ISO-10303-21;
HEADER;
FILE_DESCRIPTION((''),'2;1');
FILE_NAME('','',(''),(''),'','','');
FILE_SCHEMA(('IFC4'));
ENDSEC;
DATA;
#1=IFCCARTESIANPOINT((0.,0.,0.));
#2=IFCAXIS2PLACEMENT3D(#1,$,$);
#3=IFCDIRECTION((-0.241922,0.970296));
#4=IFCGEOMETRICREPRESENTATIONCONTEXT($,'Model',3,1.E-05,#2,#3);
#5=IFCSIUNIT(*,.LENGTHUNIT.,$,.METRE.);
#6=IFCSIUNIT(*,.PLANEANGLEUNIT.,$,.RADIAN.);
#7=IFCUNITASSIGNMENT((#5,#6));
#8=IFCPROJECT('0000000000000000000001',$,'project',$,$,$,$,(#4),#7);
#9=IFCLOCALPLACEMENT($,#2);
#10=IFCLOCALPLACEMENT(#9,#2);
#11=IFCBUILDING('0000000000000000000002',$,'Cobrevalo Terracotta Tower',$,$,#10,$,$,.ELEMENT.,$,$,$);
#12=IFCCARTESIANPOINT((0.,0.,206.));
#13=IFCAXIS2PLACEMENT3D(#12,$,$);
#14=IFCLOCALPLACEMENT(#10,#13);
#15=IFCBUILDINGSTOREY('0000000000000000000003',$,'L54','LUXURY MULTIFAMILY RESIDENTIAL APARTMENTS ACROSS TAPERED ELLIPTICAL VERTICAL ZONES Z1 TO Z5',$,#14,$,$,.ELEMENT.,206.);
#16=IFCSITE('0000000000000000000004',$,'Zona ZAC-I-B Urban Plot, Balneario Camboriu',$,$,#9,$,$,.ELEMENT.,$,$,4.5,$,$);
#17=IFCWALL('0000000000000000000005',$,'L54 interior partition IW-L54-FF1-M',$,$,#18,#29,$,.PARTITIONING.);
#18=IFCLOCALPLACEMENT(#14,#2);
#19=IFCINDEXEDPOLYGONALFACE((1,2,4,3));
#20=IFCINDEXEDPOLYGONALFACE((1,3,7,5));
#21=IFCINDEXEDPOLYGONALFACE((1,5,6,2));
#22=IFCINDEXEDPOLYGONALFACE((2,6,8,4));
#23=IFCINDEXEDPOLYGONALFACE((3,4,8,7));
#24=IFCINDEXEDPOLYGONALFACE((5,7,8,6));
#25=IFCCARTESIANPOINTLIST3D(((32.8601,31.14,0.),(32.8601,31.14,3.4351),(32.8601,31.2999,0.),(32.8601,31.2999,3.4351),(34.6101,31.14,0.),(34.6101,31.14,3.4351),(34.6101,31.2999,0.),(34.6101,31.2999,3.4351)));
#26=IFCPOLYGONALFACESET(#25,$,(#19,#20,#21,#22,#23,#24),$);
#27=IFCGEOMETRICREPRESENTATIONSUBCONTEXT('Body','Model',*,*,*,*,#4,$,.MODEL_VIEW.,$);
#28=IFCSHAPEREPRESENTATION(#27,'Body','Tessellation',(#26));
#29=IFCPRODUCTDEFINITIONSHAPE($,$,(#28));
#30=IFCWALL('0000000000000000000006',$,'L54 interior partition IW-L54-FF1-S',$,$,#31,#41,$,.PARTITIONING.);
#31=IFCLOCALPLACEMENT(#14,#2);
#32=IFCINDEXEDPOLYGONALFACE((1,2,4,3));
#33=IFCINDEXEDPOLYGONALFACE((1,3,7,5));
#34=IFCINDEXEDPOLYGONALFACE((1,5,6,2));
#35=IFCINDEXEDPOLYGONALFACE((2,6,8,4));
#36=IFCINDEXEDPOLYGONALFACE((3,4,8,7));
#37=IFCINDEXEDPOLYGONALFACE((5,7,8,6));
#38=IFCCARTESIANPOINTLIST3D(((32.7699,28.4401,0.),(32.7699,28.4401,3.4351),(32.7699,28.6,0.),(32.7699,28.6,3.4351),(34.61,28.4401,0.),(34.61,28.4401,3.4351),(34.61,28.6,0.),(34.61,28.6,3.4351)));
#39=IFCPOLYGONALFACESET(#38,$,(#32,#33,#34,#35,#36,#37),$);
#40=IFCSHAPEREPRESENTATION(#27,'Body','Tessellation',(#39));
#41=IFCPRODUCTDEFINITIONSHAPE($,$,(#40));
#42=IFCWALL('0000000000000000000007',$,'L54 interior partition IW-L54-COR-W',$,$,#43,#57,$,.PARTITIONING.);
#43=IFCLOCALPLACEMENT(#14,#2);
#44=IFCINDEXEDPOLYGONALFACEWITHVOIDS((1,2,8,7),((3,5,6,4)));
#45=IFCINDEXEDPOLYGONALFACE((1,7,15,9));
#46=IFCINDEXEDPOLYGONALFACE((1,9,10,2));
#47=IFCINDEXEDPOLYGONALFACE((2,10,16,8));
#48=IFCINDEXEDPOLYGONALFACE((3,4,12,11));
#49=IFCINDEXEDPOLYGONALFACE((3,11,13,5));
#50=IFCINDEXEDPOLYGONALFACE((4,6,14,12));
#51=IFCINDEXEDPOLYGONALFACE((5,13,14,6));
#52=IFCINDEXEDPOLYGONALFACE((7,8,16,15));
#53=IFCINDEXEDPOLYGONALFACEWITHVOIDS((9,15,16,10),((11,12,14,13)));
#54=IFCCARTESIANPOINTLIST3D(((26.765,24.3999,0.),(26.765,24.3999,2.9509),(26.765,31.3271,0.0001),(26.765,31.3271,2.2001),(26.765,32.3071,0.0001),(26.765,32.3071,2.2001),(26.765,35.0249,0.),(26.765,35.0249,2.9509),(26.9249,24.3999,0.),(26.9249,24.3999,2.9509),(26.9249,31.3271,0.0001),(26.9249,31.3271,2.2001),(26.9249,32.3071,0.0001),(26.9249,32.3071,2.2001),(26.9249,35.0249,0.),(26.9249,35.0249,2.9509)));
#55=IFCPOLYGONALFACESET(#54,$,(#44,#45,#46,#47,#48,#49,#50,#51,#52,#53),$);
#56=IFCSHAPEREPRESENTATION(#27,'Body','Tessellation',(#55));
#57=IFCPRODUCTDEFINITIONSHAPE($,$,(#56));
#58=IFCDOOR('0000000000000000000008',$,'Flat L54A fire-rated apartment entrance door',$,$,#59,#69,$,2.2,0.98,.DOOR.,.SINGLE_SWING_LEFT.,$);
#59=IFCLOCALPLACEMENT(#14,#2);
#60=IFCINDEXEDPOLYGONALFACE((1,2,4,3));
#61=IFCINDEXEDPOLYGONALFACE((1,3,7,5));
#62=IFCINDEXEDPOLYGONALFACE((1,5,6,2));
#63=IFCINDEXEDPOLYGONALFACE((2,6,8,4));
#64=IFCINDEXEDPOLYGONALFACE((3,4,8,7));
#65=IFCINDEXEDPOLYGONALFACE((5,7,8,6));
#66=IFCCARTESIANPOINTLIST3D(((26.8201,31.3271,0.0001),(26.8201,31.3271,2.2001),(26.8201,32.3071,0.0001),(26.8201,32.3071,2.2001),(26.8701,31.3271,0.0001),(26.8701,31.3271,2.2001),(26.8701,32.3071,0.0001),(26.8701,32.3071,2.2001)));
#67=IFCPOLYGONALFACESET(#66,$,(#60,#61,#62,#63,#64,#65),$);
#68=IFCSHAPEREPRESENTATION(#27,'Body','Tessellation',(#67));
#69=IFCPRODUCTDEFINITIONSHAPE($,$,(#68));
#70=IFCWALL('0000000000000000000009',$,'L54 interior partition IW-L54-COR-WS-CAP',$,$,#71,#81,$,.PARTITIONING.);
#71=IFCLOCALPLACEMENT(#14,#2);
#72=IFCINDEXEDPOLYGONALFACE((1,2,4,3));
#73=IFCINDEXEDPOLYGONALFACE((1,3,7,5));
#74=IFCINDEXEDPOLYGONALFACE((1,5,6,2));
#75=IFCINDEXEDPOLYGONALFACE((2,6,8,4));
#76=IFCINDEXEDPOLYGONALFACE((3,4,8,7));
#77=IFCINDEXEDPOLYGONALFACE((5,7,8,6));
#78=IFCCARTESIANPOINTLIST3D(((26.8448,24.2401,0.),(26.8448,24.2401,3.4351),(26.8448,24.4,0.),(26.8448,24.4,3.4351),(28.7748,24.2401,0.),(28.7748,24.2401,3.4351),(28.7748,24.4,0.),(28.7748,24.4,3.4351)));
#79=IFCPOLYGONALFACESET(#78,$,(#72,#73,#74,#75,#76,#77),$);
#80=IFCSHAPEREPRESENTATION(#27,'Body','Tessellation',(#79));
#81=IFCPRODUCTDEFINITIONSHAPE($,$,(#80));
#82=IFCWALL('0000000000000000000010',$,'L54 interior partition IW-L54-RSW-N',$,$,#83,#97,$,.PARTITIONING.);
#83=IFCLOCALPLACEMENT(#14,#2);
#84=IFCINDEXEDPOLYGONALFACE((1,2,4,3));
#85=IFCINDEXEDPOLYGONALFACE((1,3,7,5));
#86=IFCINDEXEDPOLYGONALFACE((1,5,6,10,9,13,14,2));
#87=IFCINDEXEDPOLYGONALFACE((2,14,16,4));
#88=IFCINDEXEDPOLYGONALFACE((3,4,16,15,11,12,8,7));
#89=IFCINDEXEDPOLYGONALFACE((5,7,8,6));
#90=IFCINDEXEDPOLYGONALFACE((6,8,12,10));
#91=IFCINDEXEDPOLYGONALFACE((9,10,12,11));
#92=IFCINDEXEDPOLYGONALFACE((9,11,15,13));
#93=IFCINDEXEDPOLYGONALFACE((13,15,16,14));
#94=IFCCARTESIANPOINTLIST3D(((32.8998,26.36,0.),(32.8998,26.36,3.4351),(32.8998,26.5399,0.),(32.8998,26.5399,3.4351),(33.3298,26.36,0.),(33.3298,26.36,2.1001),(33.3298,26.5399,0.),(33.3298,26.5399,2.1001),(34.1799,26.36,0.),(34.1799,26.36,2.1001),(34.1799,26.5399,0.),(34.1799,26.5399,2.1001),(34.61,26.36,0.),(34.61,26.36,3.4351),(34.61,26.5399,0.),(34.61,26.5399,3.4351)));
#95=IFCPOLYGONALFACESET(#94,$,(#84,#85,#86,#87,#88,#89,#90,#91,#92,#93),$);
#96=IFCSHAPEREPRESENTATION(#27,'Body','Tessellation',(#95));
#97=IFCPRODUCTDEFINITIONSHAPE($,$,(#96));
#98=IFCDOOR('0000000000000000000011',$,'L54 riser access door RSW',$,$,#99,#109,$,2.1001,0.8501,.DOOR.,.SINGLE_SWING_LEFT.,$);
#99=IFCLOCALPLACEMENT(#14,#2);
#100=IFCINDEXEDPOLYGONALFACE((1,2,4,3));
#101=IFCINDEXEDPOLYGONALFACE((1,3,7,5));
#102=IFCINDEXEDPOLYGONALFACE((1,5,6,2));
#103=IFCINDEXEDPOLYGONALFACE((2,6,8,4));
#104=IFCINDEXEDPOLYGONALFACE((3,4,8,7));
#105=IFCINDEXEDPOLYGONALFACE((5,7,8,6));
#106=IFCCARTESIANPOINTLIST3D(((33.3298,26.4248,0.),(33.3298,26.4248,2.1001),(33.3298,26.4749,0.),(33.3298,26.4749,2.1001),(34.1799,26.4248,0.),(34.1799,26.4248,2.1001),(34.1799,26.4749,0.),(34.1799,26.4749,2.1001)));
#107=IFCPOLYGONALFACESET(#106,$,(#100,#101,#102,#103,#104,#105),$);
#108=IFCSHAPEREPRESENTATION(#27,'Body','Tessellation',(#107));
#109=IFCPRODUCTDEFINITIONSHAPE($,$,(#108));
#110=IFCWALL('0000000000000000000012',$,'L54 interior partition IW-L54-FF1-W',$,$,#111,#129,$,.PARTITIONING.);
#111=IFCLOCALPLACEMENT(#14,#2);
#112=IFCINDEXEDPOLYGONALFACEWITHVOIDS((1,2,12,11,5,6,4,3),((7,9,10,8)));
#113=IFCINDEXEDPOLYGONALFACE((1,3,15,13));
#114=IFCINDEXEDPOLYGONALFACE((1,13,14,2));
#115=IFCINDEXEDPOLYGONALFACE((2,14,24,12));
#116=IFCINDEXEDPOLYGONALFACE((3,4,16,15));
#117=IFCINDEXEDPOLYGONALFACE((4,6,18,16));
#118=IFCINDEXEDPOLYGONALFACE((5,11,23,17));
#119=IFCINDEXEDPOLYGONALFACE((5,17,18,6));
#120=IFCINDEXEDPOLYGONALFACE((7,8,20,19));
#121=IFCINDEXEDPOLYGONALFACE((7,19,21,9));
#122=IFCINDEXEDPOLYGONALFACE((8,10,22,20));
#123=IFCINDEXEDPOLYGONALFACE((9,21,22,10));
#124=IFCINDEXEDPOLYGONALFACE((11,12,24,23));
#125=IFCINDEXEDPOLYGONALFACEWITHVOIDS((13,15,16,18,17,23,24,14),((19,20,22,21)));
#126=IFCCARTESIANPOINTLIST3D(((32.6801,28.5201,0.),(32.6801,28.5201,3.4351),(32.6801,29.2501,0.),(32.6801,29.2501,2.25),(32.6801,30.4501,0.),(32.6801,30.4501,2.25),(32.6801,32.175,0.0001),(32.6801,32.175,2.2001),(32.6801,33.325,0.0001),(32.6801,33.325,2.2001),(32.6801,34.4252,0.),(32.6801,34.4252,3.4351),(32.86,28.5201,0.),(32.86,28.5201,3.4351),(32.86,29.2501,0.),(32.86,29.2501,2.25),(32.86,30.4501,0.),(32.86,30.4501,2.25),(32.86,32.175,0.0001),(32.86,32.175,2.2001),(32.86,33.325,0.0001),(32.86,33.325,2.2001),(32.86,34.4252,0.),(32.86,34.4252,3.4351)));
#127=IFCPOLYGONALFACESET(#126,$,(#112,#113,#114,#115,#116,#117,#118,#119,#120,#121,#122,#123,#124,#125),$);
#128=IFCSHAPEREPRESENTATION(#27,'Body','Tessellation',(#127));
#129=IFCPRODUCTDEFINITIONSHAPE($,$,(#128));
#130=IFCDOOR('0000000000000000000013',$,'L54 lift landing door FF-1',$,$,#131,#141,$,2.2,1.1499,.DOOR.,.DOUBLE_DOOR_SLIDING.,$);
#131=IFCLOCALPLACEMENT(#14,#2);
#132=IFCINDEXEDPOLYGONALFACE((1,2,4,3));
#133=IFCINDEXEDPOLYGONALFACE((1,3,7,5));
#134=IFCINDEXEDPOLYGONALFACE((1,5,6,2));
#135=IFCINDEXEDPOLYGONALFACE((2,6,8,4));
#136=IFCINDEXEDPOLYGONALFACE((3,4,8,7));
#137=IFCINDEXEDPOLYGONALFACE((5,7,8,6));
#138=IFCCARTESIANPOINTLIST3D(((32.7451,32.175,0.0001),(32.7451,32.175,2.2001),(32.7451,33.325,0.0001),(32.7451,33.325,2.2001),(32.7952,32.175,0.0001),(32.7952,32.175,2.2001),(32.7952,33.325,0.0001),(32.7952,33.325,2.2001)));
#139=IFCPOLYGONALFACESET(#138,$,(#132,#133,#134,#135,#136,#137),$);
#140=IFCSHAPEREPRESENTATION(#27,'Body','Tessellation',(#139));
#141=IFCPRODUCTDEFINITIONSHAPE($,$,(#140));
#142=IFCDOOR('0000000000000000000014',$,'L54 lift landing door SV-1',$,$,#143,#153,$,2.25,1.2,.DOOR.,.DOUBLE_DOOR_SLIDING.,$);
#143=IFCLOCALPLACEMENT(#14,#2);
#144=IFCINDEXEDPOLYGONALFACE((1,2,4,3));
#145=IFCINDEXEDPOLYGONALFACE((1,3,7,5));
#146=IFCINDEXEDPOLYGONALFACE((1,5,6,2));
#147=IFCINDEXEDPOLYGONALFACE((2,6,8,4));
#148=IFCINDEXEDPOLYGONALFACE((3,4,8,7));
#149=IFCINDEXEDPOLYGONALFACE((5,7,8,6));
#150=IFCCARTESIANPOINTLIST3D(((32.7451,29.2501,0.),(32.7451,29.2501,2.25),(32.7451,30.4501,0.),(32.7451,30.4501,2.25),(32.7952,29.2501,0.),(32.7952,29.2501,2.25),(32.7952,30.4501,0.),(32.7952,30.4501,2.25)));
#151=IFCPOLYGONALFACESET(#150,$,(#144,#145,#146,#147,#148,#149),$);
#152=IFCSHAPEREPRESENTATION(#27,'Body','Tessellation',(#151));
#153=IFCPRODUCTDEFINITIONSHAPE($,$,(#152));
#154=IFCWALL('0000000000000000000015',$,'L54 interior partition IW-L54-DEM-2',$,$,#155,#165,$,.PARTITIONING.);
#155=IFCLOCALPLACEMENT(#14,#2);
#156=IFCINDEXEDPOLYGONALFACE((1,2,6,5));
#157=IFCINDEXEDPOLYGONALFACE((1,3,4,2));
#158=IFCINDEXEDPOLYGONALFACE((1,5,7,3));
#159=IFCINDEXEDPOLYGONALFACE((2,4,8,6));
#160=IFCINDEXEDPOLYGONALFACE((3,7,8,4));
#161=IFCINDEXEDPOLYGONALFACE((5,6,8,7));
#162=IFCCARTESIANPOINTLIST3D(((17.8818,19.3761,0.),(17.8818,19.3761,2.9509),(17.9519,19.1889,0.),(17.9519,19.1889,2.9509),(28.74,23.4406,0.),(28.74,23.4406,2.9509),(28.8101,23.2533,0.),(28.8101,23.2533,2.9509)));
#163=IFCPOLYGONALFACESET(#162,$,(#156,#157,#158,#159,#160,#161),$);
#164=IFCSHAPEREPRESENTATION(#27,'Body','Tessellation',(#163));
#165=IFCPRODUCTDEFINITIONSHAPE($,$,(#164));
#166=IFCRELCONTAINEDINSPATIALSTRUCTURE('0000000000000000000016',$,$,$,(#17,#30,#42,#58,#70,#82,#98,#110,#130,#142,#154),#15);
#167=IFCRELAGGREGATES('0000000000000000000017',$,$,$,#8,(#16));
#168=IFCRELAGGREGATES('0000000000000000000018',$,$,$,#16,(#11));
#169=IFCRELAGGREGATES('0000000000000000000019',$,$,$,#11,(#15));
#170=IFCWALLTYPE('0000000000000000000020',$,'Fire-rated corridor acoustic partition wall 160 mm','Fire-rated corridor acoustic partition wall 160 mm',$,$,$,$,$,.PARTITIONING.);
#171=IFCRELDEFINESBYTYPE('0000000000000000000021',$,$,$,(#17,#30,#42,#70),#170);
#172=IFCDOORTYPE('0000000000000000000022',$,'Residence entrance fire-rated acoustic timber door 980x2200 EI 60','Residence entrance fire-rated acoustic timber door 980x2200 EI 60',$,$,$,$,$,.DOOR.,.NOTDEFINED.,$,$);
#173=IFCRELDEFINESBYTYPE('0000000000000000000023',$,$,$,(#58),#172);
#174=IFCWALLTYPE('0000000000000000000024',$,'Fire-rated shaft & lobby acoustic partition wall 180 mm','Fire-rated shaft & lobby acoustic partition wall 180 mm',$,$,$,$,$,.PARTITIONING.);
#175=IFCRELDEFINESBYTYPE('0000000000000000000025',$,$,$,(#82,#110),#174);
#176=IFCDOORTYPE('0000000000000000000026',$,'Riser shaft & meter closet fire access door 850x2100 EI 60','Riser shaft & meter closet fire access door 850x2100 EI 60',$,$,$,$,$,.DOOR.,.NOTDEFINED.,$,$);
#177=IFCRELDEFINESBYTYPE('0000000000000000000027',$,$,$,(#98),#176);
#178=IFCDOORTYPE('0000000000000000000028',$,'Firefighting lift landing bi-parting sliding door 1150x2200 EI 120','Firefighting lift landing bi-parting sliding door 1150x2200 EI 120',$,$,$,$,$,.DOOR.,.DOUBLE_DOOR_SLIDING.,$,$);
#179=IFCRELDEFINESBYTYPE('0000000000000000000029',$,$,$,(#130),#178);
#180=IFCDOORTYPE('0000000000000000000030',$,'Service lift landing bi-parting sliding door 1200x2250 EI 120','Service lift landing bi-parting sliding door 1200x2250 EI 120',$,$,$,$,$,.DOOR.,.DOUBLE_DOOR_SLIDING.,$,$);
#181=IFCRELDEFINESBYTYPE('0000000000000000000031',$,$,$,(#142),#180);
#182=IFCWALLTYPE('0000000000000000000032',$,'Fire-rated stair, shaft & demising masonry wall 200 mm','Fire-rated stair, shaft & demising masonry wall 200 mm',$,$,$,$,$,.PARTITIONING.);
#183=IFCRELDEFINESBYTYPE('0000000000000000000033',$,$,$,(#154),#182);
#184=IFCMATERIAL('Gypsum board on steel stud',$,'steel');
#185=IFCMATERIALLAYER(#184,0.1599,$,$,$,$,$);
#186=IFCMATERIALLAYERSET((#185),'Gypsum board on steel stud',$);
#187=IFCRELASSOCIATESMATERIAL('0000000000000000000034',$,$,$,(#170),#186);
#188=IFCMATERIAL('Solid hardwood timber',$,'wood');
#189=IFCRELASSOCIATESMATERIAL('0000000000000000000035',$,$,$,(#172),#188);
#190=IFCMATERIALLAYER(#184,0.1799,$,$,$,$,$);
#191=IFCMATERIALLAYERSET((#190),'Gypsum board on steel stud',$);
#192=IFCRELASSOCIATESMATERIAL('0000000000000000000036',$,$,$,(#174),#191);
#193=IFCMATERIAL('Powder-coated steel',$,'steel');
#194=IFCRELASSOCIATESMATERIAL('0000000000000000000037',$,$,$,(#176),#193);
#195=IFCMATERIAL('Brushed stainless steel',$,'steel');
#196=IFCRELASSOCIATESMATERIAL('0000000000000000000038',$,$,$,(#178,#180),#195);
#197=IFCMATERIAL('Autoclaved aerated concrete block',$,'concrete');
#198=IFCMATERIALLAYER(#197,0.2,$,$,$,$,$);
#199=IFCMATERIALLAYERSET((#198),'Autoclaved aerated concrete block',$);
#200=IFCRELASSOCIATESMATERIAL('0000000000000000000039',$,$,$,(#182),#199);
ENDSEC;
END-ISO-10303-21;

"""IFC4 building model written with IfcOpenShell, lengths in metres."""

from ifc_helpers import new_model, si_unit, direction, frame, frame_2d, origin, place, context, subcontext, project, spatial, rectangle, extrude, source, transform, mapped, material, layer, layer_set, type_object, element, fill, save


model = new_model("IFC4")

# Units and contexts
model_context = context("Model", 3, precision=1e-05, world=origin(), true_north=direction((-0.241922, 0.970296)))
body_context = subcontext(model_context, "Body", "Model", "MODEL_VIEW")
ifc_project = project(units=[si_unit("LENGTHUNIT", "METRE"), si_unit("PLANEANGLEUNIT", "RADIAN")], contexts=[model_context])

# Site, building, storey
site_placement = place(None, origin())
site = spatial("IfcSite", under=ifc_project, at=site_placement, Name="Zona ZAC-I-B Urban Plot, Balneario Camboriu", CompositionType="ELEMENT", RefElevation=4.5)
building_placement = place(site_placement, origin())
building = spatial("IfcBuilding", under=site, at=building_placement, Name="Cobrevalo Terracotta Tower", CompositionType="ELEMENT")
storey_placement = place(building_placement, frame((0.0, 0.0, 206.0)))
storey = spatial("IfcBuildingStorey", under=building, at=storey_placement, Name="L54", Description="LUXURY MULTIFAMILY RESIDENTIAL APARTMENTS ACROSS TAPERED ELLIPTICAL VERTICAL ZONES Z1 TO Z5", CompositionType="ELEMENT", Elevation=206.0)

# Walls
ifc_material_1 = material(Name="Gypsum board on steel stud", Category="steel")
ifc_layer_1 = layer(ifc_material_1, 0.1599)
ifc_layer_set_1 = layer_set([ifc_layer_1], Name="Gypsum board on steel stud")
wall_type_1 = type_object("IfcWallType", Name="Fire-rated corridor acoustic partition wall 160 mm", Description="Fire-rated corridor acoustic partition wall 160 mm", PredefinedType="PARTITIONING", material=ifc_layer_set_1)
wall_1_placement = place(storey_placement, frame((32.8601, 31.22, 0.0), z_axis=(0.0, 0.0, 1.0), x_axis=(1.0, 0.0, 0.0)))
element("IfcWall", 1, at=wall_1_placement, inside=storey, type_object=wall_type_1, Name="L54 interior partition IW-L54-FF1-M", PredefinedType="PARTITIONING", context=body_context, shape_type="SweptSolid", body=[
    extrude(rectangle(XDim=1.75, YDim=0.1599, at=frame_2d((0.875, 0.0))), origin(), (0.0, 0.0, 1.0), 3.4351),
])
wall_2_placement = place(storey_placement, frame((32.77, 28.52, 0.0), z_axis=(0.0, 0.0, 1.0), x_axis=(1.0, 0.0, 0.0)))
element("IfcWall", 2, at=wall_2_placement, inside=storey, type_object=wall_type_1, Name="L54 interior partition IW-L54-FF1-S", PredefinedType="PARTITIONING", context=body_context, shape_type="SweptSolid", body=[
    extrude(rectangle(XDim=1.8401, YDim=0.1599, at=frame_2d((0.9199, 0.0))), origin(), (0.0, 0.0, 1.0), 3.4351),
])

# Wall, opening, door
wall_3_placement = place(storey_placement, frame((26.845, 24.3999, 0.0), z_axis=(0.0, 0.0, 1.0), x_axis=(0.0, 1.0, 0.0)))
wall_3 = element("IfcWall", 3, at=wall_3_placement, inside=storey, type_object=wall_type_1, Name="L54 interior partition IW-L54-COR-W", PredefinedType="PARTITIONING", context=body_context, shape_type="SweptSolid", body=[
    extrude(rectangle(XDim=10.625, YDim=0.1599, at=frame_2d((5.3125, 0.0))), origin(), (0.0, 0.0, 1.0), 2.9509),
])
opening_1_placement = place(wall_3_placement, frame((6.9272, 0.0, 0.0)))
opening_1 = element("IfcOpeningElement", 4, at=opening_1_placement, cuts=wall_3, PredefinedType="OPENING", context=body_context, shape_type="SweptSolid", body=[
    extrude(rectangle(XDim=0.98, YDim=2.2, at=frame_2d((0.49, 1.1001))), frame((0.0, 0.0898, 0.0), z_axis=(0.0, -1.0, 0.0), x_axis=(1.0, 0.0, 0.0)), (0.0, 0.0, 1.0), 0.1799),
])
ifc_material_2 = material(Name="Solid hardwood timber", Category="wood")
door_type_1 = type_object("IfcDoorType", Name="Residence entrance fire-rated acoustic timber door 980x2200 EI 60", Description="Residence entrance fire-rated acoustic timber door 980x2200 EI 60", OperationType="NOTDEFINED", PredefinedType="DOOR", material=ifc_material_2)
shared_shape_1 = source(origin(), body_context, "Body", "SweptSolid", [
    extrude(rectangle(XDim=0.98, YDim=2.2, at=frame_2d((0.49, 1.1001))), frame((0.0, 0.0249, 0.0), z_axis=(0.0, -1.0, 0.0), x_axis=(1.0, 0.0, 0.0)), (0.0, 0.0, 1.0), 0.05),
])
door_1_placement = place(opening_1_placement, origin())
door_1 = element("IfcDoor", 5, at=door_1_placement, inside=storey, type_object=door_type_1, Name="Flat L54A fire-rated apartment entrance door", OperationType="SINGLE_SWING_LEFT", OverallHeight=2.2, OverallWidth=0.98, PredefinedType="DOOR", context=body_context, shape_type="MappedRepresentation", body=[
    mapped(shared_shape_1, transform((0.0, 0.0, 0.0), scale=1.0)),
])
fill(opening_1, door_1)

# Wall
wall_4_placement = place(storey_placement, frame((26.845, 24.3201, 0.0), z_axis=(0.0, 0.0, 1.0), x_axis=(1.0, 0.0, 0.0)))
element("IfcWall", 6, at=wall_4_placement, inside=storey, type_object=wall_type_1, Name="L54 interior partition IW-L54-COR-WS-CAP", PredefinedType="PARTITIONING", context=body_context, shape_type="SweptSolid", body=[
    extrude(rectangle(XDim=1.9299, YDim=0.1599, at=frame_2d((0.9648, 0.0))), origin(), (0.0, 0.0, 1.0), 3.4351),
])

# Wall, opening, door
ifc_layer_2 = layer(ifc_material_1, 0.1799)
ifc_layer_set_2 = layer_set([ifc_layer_2], Name="Gypsum board on steel stud")
wall_type_2 = type_object("IfcWallType", Name="Fire-rated shaft & lobby acoustic partition wall 180 mm", Description="Fire-rated shaft & lobby acoustic partition wall 180 mm", PredefinedType="PARTITIONING", material=ifc_layer_set_2)
wall_5_placement = place(storey_placement, frame((32.8999, 26.45, 0.0), z_axis=(0.0, 0.0, 1.0), x_axis=(1.0, 0.0, 0.0)))
wall_5 = element("IfcWall", 7, at=wall_5_placement, inside=storey, type_object=wall_type_2, Name="L54 interior partition IW-L54-RSW-N", PredefinedType="PARTITIONING", context=body_context, shape_type="SweptSolid", body=[
    extrude(rectangle(XDim=1.7102, YDim=0.1799, at=frame_2d((0.855, 0.0))), origin(), (0.0, 0.0, 1.0), 3.4351),
])
opening_2_placement = place(wall_5_placement, frame((0.4299, 0.0, 0.0)))
opening_2 = element("IfcOpeningElement", 8, at=opening_2_placement, cuts=wall_5, PredefinedType="OPENING", context=body_context, shape_type="SweptSolid", body=[
    extrude(rectangle(XDim=0.8501, YDim=2.1001, at=frame_2d((0.425, 1.05))), frame((0.0, 0.1001, 0.0), z_axis=(0.0, -1.0, 0.0), x_axis=(1.0, 0.0, 0.0)), (0.0, 0.0, 1.0), 0.2),
])
ifc_material_3 = material(Name="Powder-coated steel", Category="steel")
door_type_2 = type_object("IfcDoorType", Name="Riser shaft & meter closet fire access door 850x2100 EI 60", Description="Riser shaft & meter closet fire access door 850x2100 EI 60", OperationType="NOTDEFINED", PredefinedType="DOOR", material=ifc_material_3)
shared_shape_2 = source(origin(), body_context, "Body", "SweptSolid", [
    extrude(rectangle(XDim=0.8501, YDim=2.1001, at=frame_2d((0.425, 1.05))), frame((0.0, 0.0249, 0.0), z_axis=(0.0, -1.0, 0.0), x_axis=(1.0, 0.0, 0.0)), (0.0, 0.0, 1.0), 0.05),
])
door_2_placement = place(opening_2_placement, origin())
door_2 = element("IfcDoor", 9, at=door_2_placement, inside=storey, type_object=door_type_2, Name="L54 riser access door RSW", OperationType="SINGLE_SWING_LEFT", OverallHeight=2.1001, OverallWidth=0.8501, PredefinedType="DOOR", context=body_context, shape_type="MappedRepresentation", body=[
    mapped(shared_shape_2, transform((0.0, 0.0, 0.0), scale=1.0)),
])
fill(opening_2, door_2)

# Wall, openings, doors
wall_6_placement = place(storey_placement, frame((32.77, 28.52, 0.0), z_axis=(0.0, 0.0, 1.0), x_axis=(0.0, 1.0, 0.0)))
wall_6 = element("IfcWall", 10, at=wall_6_placement, inside=storey, type_object=wall_type_2, Name="L54 interior partition IW-L54-FF1-W", PredefinedType="PARTITIONING", context=body_context, shape_type="SweptSolid", body=[
    extrude(rectangle(XDim=5.905, YDim=0.1799, at=frame_2d((2.9526, 0.0))), origin(), (0.0, 0.0, 1.0), 3.4351),
])
opening_3_placement = place(wall_6_placement, frame((3.655, 0.0, 0.0)))
opening_3 = element("IfcOpeningElement", 11, at=opening_3_placement, cuts=wall_6, PredefinedType="OPENING", context=body_context, shape_type="SweptSolid", body=[
    extrude(rectangle(XDim=1.1499, YDim=2.2, at=frame_2d((0.575, 1.1001))), frame((0.0, 0.1001, 0.0), z_axis=(0.0, -1.0, 0.0), x_axis=(1.0, 0.0, 0.0)), (0.0, 0.0, 1.0), 0.2),
])
opening_4_placement = place(wall_6_placement, frame((0.73, 0.0, 0.0)))
opening_4 = element("IfcOpeningElement", 12, at=opening_4_placement, cuts=wall_6, PredefinedType="OPENING", context=body_context, shape_type="SweptSolid", body=[
    extrude(rectangle(XDim=1.2, YDim=2.25, at=frame_2d((0.6001, 1.125))), frame((0.0, 0.1001, 0.0), z_axis=(0.0, -1.0, 0.0), x_axis=(1.0, 0.0, 0.0)), (0.0, 0.0, 1.0), 0.2),
])
ifc_material_4 = material(Name="Brushed stainless steel", Category="steel")
door_type_3 = type_object("IfcDoorType", Name="Firefighting lift landing bi-parting sliding door 1150x2200 EI 120", Description="Firefighting lift landing bi-parting sliding door 1150x2200 EI 120", OperationType="DOUBLE_DOOR_SLIDING", PredefinedType="DOOR", material=ifc_material_4)
shared_shape_3 = source(origin(), body_context, "Body", "SweptSolid", [
    extrude(rectangle(XDim=1.1499, YDim=2.2, at=frame_2d((0.575, 1.1001))), frame((0.0, 0.0249, 0.0), z_axis=(0.0, -1.0, 0.0), x_axis=(1.0, 0.0, 0.0)), (0.0, 0.0, 1.0), 0.05),
])
door_3_placement = place(opening_3_placement, origin())
door_3 = element("IfcDoor", 13, at=door_3_placement, inside=storey, type_object=door_type_3, Name="L54 lift landing door FF-1", OperationType="DOUBLE_DOOR_SLIDING", OverallHeight=2.2, OverallWidth=1.1499, PredefinedType="DOOR", context=body_context, shape_type="MappedRepresentation", body=[
    mapped(shared_shape_3, transform((0.0, 0.0, 0.0), scale=1.0)),
])
fill(opening_3, door_3)
door_type_4 = type_object("IfcDoorType", Name="Service lift landing bi-parting sliding door 1200x2250 EI 120", Description="Service lift landing bi-parting sliding door 1200x2250 EI 120", OperationType="DOUBLE_DOOR_SLIDING", PredefinedType="DOOR", material=ifc_material_4)
shared_shape_4 = source(origin(), body_context, "Body", "SweptSolid", [
    extrude(rectangle(XDim=1.2, YDim=2.25, at=frame_2d((0.6001, 1.125))), frame((0.0, 0.0249, 0.0), z_axis=(0.0, -1.0, 0.0), x_axis=(1.0, 0.0, 0.0)), (0.0, 0.0, 1.0), 0.05),
])
door_4_placement = place(opening_4_placement, origin())
door_4 = element("IfcDoor", 14, at=door_4_placement, inside=storey, type_object=door_type_4, Name="L54 lift landing door SV-1", OperationType="DOUBLE_DOOR_SLIDING", OverallHeight=2.25, OverallWidth=1.2, PredefinedType="DOOR", context=body_context, shape_type="MappedRepresentation", body=[
    mapped(shared_shape_4, transform((0.0, 0.0, 0.0), scale=1.0)),
])
fill(opening_4, door_4)

# Wall
ifc_material_5 = material(Name="Autoclaved aerated concrete block", Category="concrete")
ifc_layer_3 = layer(ifc_material_5, 0.2)
ifc_layer_set_3 = layer_set([ifc_layer_3], Name="Autoclaved aerated concrete block")
wall_type_3 = type_object("IfcWallType", Name="Fire-rated stair, shaft & demising masonry wall 200 mm", Description="Fire-rated stair, shaft & demising masonry wall 200 mm", PredefinedType="PARTITIONING", material=ifc_layer_set_3)
wall_7_placement = place(storey_placement, frame((28.7749, 23.3469, 0.0), z_axis=(0.0, 0.0, 1.0), x_axis=(-0.936538, -0.350567, 0.0)))
element("IfcWall", 15, at=wall_7_placement, inside=storey, type_object=wall_type_3, Name="L54 interior partition IW-L54-DEM-2", PredefinedType="PARTITIONING", context=body_context, shape_type="SweptSolid", body=[
    extrude(rectangle(XDim=11.594, YDim=0.2, at=frame_2d((5.7969, 0.0))), origin(), (0.0, 0.0, 1.0), 2.9509),
])

save(model, "model.ifc")
